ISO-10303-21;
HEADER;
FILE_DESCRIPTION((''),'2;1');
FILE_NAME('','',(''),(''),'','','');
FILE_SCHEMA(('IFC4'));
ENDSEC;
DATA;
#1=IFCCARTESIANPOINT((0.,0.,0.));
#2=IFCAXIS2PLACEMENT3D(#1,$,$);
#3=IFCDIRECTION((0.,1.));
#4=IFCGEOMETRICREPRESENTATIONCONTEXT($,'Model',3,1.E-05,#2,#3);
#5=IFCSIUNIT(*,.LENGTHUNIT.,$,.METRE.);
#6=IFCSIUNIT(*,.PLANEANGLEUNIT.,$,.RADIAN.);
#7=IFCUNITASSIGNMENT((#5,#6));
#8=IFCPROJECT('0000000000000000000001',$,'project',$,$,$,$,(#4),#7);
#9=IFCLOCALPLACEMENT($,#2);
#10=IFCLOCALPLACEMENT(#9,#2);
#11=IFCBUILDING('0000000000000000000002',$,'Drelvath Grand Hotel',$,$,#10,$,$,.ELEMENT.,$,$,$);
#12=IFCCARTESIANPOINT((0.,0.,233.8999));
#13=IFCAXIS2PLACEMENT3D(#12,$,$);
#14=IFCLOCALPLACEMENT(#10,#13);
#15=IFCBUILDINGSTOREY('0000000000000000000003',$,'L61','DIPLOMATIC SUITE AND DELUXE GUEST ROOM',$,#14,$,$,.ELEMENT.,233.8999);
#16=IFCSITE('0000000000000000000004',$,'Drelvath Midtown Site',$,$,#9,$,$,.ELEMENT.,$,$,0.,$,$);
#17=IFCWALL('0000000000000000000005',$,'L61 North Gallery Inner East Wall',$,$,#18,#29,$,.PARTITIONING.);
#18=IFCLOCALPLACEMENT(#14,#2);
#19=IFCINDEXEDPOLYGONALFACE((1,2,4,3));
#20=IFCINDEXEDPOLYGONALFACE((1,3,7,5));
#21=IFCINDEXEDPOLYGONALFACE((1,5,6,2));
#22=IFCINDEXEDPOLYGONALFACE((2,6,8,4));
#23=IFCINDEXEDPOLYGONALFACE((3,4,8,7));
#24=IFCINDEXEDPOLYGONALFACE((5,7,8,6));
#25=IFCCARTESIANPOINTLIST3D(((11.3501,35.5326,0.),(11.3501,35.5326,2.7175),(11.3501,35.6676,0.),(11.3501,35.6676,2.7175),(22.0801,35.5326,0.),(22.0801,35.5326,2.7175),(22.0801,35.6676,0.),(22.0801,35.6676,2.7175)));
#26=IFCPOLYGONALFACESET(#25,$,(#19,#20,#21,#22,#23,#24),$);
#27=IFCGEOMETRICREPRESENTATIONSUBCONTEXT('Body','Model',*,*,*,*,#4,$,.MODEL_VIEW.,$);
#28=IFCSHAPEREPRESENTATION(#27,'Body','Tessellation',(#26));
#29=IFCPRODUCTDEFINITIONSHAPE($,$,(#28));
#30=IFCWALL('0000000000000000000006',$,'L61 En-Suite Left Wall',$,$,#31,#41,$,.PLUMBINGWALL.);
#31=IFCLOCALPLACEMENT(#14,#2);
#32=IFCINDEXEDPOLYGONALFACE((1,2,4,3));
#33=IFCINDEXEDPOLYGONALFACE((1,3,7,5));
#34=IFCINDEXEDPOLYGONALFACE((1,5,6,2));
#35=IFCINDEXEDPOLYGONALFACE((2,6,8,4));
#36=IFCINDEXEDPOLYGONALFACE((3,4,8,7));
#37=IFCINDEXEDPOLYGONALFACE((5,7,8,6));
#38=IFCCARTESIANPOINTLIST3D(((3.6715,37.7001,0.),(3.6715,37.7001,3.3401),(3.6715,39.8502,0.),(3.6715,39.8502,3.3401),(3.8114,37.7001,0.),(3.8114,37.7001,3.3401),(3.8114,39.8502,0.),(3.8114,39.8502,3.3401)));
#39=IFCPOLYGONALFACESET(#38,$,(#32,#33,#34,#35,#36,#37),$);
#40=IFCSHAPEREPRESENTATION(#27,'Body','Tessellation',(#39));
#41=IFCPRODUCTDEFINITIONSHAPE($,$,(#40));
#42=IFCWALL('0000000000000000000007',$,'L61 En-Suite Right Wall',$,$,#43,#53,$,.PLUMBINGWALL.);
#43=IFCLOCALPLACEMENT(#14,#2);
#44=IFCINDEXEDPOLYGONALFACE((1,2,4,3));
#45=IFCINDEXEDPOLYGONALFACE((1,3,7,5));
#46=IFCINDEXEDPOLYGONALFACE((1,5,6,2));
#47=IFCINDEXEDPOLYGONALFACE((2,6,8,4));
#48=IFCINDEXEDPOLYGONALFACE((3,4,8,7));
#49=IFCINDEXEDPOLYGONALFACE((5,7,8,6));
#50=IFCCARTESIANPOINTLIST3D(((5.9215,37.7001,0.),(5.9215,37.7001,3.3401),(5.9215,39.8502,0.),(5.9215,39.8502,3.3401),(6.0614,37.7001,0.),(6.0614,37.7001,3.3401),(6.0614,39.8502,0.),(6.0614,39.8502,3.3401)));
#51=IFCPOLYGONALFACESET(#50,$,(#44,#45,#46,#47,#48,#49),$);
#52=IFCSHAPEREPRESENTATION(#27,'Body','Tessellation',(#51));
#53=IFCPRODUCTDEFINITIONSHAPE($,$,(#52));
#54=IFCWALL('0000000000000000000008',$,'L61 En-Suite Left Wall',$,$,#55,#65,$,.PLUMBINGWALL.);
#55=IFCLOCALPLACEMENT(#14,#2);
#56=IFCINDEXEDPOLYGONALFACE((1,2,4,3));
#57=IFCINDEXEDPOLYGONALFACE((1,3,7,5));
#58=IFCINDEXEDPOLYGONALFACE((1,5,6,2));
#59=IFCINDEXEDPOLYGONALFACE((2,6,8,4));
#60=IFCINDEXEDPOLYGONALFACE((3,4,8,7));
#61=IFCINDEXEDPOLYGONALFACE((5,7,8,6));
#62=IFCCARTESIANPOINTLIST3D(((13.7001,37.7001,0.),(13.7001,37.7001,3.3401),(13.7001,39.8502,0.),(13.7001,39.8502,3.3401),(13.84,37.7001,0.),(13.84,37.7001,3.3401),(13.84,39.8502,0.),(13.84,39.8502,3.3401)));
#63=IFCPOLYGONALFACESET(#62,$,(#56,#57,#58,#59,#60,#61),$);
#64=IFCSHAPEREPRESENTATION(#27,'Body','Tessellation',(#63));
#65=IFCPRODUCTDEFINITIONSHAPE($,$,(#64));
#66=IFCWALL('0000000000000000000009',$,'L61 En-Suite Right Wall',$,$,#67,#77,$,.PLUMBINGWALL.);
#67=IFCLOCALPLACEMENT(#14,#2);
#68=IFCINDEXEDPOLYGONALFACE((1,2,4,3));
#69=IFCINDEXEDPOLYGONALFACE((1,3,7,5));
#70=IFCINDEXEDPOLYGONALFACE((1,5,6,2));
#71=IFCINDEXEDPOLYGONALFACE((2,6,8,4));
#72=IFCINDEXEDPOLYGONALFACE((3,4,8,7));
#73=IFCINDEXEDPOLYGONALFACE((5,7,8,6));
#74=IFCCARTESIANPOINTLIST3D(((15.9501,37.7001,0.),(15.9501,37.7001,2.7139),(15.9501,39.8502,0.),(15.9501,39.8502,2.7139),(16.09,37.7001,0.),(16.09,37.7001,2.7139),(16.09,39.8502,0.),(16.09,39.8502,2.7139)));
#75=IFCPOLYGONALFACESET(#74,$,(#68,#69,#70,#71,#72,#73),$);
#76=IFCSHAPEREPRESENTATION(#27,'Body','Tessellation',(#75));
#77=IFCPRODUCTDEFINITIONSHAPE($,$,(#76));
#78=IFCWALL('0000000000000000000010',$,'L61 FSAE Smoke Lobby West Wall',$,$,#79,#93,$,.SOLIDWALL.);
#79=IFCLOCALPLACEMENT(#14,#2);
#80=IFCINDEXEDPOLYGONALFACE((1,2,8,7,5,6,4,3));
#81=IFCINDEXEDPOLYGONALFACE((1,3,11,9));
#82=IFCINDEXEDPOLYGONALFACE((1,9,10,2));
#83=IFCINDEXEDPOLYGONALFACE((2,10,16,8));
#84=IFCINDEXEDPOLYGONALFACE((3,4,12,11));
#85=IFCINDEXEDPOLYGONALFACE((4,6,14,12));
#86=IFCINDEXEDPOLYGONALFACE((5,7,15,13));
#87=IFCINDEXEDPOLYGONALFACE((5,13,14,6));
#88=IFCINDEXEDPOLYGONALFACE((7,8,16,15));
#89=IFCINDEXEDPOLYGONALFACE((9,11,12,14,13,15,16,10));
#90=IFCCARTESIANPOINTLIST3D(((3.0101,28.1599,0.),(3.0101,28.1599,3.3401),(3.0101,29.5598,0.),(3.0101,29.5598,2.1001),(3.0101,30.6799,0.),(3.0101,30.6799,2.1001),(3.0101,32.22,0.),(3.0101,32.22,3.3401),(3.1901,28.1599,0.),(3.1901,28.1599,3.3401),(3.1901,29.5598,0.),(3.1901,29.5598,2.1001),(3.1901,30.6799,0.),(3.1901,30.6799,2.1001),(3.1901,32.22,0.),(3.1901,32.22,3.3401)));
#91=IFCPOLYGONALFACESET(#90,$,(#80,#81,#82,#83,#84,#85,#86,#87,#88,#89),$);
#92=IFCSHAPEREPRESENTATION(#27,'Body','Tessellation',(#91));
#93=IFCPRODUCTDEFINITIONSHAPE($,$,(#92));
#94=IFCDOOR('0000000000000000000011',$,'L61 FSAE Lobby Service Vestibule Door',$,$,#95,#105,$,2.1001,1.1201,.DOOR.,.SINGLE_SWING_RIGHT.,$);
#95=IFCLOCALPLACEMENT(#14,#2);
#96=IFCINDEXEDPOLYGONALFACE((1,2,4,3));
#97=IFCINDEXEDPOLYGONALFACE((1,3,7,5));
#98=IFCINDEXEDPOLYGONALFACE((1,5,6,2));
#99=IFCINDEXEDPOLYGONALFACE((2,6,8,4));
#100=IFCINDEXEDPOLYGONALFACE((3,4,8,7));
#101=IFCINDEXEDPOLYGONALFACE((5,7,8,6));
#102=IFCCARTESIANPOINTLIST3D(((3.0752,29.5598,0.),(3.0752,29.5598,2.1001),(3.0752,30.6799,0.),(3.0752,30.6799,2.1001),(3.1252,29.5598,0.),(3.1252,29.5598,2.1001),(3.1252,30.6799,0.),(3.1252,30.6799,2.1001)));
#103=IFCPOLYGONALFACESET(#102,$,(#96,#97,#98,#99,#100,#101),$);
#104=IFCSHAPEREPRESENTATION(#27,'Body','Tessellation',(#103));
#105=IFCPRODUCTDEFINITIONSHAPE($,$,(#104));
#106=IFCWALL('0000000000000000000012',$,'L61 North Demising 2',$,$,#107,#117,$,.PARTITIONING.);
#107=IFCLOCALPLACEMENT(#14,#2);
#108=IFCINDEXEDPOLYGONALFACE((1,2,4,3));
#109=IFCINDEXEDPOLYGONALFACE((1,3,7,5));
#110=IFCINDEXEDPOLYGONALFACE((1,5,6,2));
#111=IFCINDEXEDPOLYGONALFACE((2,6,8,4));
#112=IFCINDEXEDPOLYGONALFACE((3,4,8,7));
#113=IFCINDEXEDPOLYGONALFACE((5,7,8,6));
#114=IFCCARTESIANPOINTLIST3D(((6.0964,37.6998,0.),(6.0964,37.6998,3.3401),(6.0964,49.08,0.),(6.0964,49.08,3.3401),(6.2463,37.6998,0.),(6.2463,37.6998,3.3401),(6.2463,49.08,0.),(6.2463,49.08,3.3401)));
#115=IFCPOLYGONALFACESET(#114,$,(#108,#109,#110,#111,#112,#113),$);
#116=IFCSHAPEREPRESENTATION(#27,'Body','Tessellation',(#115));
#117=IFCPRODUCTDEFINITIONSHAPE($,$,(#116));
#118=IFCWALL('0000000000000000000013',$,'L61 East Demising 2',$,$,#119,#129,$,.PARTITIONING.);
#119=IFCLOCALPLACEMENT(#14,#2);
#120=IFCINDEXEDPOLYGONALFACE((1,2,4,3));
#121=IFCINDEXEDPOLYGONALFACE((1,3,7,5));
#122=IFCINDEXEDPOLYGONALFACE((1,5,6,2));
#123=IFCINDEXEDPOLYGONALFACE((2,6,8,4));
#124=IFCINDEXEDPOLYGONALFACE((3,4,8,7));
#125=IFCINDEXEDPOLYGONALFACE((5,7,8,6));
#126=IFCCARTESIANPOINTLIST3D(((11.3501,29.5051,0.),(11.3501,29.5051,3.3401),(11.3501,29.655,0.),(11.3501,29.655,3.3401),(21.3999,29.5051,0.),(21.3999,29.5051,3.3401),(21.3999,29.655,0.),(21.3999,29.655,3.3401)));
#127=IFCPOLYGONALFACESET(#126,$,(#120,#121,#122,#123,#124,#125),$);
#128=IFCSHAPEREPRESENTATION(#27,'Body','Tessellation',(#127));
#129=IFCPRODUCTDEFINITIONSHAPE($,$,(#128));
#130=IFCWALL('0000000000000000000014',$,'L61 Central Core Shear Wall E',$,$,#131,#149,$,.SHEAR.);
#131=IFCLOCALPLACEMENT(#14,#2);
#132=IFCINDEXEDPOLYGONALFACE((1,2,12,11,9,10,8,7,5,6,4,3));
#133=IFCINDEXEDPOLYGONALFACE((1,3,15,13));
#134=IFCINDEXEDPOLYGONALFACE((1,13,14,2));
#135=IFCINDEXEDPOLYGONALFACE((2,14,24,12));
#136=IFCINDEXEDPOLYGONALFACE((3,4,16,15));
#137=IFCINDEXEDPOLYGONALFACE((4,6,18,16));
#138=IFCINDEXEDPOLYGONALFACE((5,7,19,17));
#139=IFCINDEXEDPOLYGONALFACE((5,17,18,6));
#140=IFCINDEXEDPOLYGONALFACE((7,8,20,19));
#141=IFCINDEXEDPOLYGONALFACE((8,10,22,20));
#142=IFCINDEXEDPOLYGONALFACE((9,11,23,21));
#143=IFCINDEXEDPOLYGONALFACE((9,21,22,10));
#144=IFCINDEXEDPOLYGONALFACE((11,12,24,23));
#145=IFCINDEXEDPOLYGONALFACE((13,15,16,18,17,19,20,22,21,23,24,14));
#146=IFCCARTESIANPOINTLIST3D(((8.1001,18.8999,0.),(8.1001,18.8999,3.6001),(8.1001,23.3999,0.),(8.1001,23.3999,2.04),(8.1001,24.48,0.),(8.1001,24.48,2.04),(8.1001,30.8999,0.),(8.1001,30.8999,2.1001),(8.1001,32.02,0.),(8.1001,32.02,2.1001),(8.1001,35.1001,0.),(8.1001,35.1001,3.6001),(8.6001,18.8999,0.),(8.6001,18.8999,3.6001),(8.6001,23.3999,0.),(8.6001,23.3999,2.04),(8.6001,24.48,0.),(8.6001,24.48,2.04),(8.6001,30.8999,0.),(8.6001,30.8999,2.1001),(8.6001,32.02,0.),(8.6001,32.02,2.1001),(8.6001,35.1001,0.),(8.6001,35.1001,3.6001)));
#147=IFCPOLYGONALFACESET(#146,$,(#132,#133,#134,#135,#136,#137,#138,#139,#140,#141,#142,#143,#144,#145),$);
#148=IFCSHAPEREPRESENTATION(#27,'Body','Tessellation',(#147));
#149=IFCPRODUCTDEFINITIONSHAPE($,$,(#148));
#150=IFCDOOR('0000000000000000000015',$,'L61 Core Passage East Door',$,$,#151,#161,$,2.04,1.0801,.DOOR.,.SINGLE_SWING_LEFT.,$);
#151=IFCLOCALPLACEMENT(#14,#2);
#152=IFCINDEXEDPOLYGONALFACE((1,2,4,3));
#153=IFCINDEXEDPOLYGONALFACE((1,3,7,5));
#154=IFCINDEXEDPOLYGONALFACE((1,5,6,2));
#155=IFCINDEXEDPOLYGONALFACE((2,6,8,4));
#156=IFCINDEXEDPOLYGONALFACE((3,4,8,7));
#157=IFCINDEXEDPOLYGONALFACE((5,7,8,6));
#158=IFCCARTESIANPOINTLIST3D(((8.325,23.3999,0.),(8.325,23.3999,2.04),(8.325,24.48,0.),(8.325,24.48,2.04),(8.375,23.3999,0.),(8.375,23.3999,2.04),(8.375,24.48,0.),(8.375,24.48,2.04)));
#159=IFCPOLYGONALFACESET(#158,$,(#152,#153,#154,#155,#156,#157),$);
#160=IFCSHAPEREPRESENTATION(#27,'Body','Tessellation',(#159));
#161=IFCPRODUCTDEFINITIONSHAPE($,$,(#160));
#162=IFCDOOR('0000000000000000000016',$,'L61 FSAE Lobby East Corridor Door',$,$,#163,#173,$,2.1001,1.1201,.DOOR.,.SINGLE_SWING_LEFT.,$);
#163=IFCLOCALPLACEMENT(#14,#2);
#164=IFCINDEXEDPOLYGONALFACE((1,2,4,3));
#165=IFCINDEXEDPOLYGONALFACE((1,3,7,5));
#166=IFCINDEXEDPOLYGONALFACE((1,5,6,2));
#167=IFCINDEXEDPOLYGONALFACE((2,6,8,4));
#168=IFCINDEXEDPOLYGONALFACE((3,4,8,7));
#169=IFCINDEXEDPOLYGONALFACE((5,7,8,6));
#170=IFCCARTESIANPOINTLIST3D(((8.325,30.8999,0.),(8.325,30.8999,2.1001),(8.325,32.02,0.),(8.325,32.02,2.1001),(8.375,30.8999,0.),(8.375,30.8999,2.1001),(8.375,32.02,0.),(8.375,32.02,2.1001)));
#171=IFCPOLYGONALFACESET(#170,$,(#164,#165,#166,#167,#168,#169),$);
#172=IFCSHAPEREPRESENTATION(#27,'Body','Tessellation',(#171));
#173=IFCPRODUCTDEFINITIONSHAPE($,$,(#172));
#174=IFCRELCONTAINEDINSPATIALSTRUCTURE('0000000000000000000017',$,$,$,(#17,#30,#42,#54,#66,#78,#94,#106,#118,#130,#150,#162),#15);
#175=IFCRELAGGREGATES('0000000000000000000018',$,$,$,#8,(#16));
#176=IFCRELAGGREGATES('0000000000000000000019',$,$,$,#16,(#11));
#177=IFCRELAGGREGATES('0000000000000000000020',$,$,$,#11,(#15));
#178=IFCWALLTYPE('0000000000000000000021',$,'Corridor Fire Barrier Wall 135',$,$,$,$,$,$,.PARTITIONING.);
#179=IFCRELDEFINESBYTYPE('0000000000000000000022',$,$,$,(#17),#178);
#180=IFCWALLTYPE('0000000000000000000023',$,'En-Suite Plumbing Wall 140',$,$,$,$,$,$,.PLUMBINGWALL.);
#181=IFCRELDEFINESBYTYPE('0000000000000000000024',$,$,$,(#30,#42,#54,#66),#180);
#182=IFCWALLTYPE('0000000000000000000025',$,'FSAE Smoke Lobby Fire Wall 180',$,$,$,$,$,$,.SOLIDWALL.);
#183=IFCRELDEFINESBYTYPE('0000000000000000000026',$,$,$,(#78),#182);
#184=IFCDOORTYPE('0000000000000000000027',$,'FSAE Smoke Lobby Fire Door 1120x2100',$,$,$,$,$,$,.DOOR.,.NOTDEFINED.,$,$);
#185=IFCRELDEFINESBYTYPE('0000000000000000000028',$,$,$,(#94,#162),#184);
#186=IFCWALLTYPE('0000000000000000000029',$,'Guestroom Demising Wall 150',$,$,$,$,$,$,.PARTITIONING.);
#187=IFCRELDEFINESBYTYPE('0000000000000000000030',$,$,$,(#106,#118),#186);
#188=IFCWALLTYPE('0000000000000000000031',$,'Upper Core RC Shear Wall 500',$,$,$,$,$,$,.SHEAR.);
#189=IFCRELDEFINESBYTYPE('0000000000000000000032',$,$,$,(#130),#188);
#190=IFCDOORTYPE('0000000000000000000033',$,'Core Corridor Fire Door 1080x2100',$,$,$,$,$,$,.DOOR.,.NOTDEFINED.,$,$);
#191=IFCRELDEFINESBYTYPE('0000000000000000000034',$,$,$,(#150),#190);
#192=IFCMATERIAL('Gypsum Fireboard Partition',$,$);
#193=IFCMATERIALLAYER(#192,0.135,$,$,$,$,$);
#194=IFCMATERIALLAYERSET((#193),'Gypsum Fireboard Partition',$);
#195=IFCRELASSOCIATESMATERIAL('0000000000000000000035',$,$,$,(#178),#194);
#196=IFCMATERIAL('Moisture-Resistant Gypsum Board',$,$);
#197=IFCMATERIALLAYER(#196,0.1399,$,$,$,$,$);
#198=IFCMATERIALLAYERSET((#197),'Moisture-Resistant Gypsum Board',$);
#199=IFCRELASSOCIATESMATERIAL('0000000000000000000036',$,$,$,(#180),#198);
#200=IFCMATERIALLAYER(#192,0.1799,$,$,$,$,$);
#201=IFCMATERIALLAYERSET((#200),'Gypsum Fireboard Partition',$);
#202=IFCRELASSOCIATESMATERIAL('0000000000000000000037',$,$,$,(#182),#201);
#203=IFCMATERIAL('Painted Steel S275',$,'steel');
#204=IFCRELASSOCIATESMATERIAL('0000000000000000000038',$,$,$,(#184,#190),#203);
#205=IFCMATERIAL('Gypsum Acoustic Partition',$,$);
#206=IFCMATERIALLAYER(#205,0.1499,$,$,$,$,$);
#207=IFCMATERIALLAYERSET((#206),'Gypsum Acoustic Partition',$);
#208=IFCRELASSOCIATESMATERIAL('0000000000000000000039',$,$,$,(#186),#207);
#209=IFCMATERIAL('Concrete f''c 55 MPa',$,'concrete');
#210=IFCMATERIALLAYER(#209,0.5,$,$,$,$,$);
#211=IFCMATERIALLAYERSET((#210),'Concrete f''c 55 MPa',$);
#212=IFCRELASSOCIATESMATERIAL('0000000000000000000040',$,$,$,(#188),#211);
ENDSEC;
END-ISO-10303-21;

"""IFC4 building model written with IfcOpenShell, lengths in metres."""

from ifc_helpers import new_model, si_unit, direction, frame, frame_2d, origin, place, context, subcontext, project, spatial, rectangle, extrude, material, layer, layer_set, type_object, element, fill, save


model = new_model("IFC4")

# Units and contexts
model_context = context("Model", 3, precision=1e-05, world=origin(), true_north=direction((0.0, 1.0)))
body_context = subcontext(model_context, "Body", "Model", "MODEL_VIEW")
ifc_project = project(units=[si_unit("LENGTHUNIT", "METRE"), si_unit("PLANEANGLEUNIT", "RADIAN")], contexts=[model_context])

# Site, building, storey
site_placement = place(None, origin())
site = spatial("IfcSite", under=ifc_project, at=site_placement, Name="Drelvath Midtown Site", CompositionType="ELEMENT", RefElevation=0.0)
building_placement = place(site_placement, origin())
building = spatial("IfcBuilding", under=site, at=building_placement, Name="Drelvath Grand Hotel", CompositionType="ELEMENT")
storey_placement = place(building_placement, frame((0.0, 0.0, 233.8999)))
storey = spatial("IfcBuildingStorey", under=building, at=storey_placement, Name="L61", Description="DIPLOMATIC SUITE AND DELUXE GUEST ROOM", CompositionType="ELEMENT", Elevation=233.8999)

# Shared definitions
ifc_material_1 = material(Name="Concrete f'c 55 MPa", Category="concrete")

# Shared definitions
ifc_material_2 = material(Name="Painted Steel S275", Category="steel")

# Walls
ifc_material_3 = material(Name="Gypsum Fireboard Partition")
ifc_layer_1 = layer(ifc_material_3, 0.135)
ifc_layer_set_1 = layer_set([ifc_layer_1], Name="Gypsum Fireboard Partition")
wall_type_1 = type_object("IfcWallType", Name="Corridor Fire Barrier Wall 135", PredefinedType="PARTITIONING", material=ifc_layer_set_1)
wall_1_placement = place(storey_placement, frame((11.3501, 35.6001, 0.0), z_axis=(0.0, 0.0, 1.0), x_axis=(1.0, 0.0, 0.0)))
element("IfcWall", 1, at=wall_1_placement, inside=storey, type_object=wall_type_1, Name="L61 North Gallery Inner East Wall", PredefinedType="PARTITIONING", context=body_context, shape_type="SweptSolid", body=[
    extrude(rectangle(XDim=10.73, YDim=0.135, at=frame_2d((5.365, 0.0))), origin(), (0.0, 0.0, 1.0), 2.7175),
])
ifc_material_4 = material(Name="Moisture-Resistant Gypsum Board")
ifc_layer_2 = layer(ifc_material_4, 0.1399)
ifc_layer_set_2 = layer_set([ifc_layer_2], Name="Moisture-Resistant Gypsum Board")
wall_type_2 = type_object("IfcWallType", Name="En-Suite Plumbing Wall 140", PredefinedType="PLUMBINGWALL", material=ifc_layer_set_2)
for number, where, z_axis, x_axis, name in (
    (2, (3.7415, 37.7, 0.0), (0.0, 0.0, 1.0), (0.0, 1.0, 0.0), "L61 En-Suite Left Wall"),
    (3, (5.9915, 37.7, 0.0), (0.0, 0.0, 1.0), (0.0, 1.0, 0.0), "L61 En-Suite Right Wall"),
    (4, (13.77, 37.7, 0.0), (0.0, 0.0, 1.0), (0.0, 1.0, 0.0), "L61 En-Suite Left Wall"),
):
    element("IfcWall", number, at=place(storey_placement, frame(where, z_axis=z_axis, x_axis=x_axis)), inside=storey, type_object=wall_type_2, Name=name, PredefinedType="PLUMBINGWALL", context=body_context, shape_type="SweptSolid", body=[
        extrude(rectangle(XDim=2.1501, YDim=0.1399, at=frame_2d((1.0752, 0.0))), origin(), (0.0, 0.0, 1.0), 3.3401),
    ])
wall_2_placement = place(storey_placement, frame((16.02, 37.7, 0.0), z_axis=(0.0, 0.0, 1.0), x_axis=(0.0, 1.0, 0.0)))
element("IfcWall", 5, at=wall_2_placement, inside=storey, type_object=wall_type_2, Name="L61 En-Suite Right Wall", PredefinedType="PLUMBINGWALL", context=body_context, shape_type="SweptSolid", body=[
    extrude(rectangle(XDim=2.1501, YDim=0.1399, at=frame_2d((1.0752, 0.0))), origin(), (0.0, 0.0, 1.0), 2.7139),
])

# Wall, opening, door
ifc_layer_3 = layer(ifc_material_3, 0.1799)
ifc_layer_set_3 = layer_set([ifc_layer_3], Name="Gypsum Fireboard Partition")
wall_type_3 = type_object("IfcWallType", Name="FSAE Smoke Lobby Fire Wall 180", PredefinedType="SOLIDWALL", material=ifc_layer_set_3)
wall_3_placement = place(storey_placement, frame((3.1001, 28.1599, 0.0), z_axis=(0.0, 0.0, 1.0), x_axis=(0.0, 1.0, 0.0)))
wall_3 = element("IfcWall", 6, at=wall_3_placement, inside=storey, type_object=wall_type_3, Name="L61 FSAE Smoke Lobby West Wall", PredefinedType="SOLIDWALL", context=body_context, shape_type="SweptSolid", body=[
    extrude(rectangle(XDim=4.0601, YDim=0.1799, at=frame_2d((2.03, 0.0))), origin(), (0.0, 0.0, 1.0), 3.3401),
])
opening_1_placement = place(wall_3_placement, frame((1.3999, 0.0, 0.0)))
opening_1 = element("IfcOpeningElement", 7, at=opening_1_placement, cuts=wall_3, PredefinedType="OPENING", context=body_context, shape_type="SweptSolid", body=[
    extrude(rectangle(XDim=1.1201, YDim=2.1001, at=frame_2d((0.5601, 1.05))), frame((0.0, 0.0999, 0.0), z_axis=(0.0, -1.0, 0.0), x_axis=(1.0, 0.0, 0.0)), (0.0, 0.0, 1.0), 0.2),
])
door_type_1 = type_object("IfcDoorType", Name="FSAE Smoke Lobby Fire Door 1120x2100", OperationType="NOTDEFINED", PredefinedType="DOOR", material=ifc_material_2)
door_1_placement = place(opening_1_placement, origin())
door_1 = element("IfcDoor", 8, at=door_1_placement, inside=storey, type_object=door_type_1, Name="L61 FSAE Lobby Service Vestibule Door", OperationType="SINGLE_SWING_RIGHT", OverallHeight=2.1001, OverallWidth=1.1201, PredefinedType="DOOR", context=body_context, shape_type="SweptSolid", body=[
    extrude(rectangle(XDim=1.1201, YDim=2.1001, at=frame_2d((0.5601, 1.05))), frame((0.0, 0.0249, 0.0), z_axis=(0.0, -1.0, 0.0), x_axis=(1.0, 0.0, 0.0)), (0.0, 0.0, 1.0), 0.05),
])
fill(opening_1, door_1)

# Walls
ifc_material_5 = material(Name="Gypsum Acoustic Partition")
ifc_layer_4 = layer(ifc_material_5, 0.1499)
ifc_layer_set_4 = layer_set([ifc_layer_4], Name="Gypsum Acoustic Partition")
wall_type_4 = type_object("IfcWallType", Name="Guestroom Demising Wall 150", PredefinedType="PARTITIONING", material=ifc_layer_set_4)
wall_4_placement = place(storey_placement, frame((6.1714, 37.7, 0.0), z_axis=(0.0, 0.0, 1.0), x_axis=(0.0, 1.0, 0.0)))
element("IfcWall", 9, at=wall_4_placement, inside=storey, type_object=wall_type_4, Name="L61 North Demising 2", PredefinedType="PARTITIONING", context=body_context, shape_type="SweptSolid", body=[
    extrude(rectangle(XDim=11.3801, YDim=0.1499, at=frame_2d((5.6899, 0.0))), origin(), (0.0, 0.0, 1.0), 3.3401),
])
wall_5_placement = place(storey_placement, frame((11.3501, 29.5801, 0.0), z_axis=(0.0, 0.0, 1.0), x_axis=(1.0, 0.0, 0.0)))
element("IfcWall", 10, at=wall_5_placement, inside=storey, type_object=wall_type_4, Name="L61 East Demising 2", PredefinedType="PARTITIONING", context=body_context, shape_type="SweptSolid", body=[
    extrude(rectangle(XDim=10.0498, YDim=0.1499, at=frame_2d((5.0249, 0.0))), origin(), (0.0, 0.0, 1.0), 3.3401),
])

# Wall, openings, doors
ifc_layer_5 = layer(ifc_material_1, 0.5)
ifc_layer_set_5 = layer_set([ifc_layer_5], Name="Concrete f'c 55 MPa")
wall_type_5 = type_object("IfcWallType", Name="Upper Core RC Shear Wall 500", PredefinedType="SHEAR", material=ifc_layer_set_5)
wall_6_placement = place(storey_placement, frame((8.3501, 35.1001, 0.0), z_axis=(0.0, 0.0, 1.0), x_axis=(0.0, -1.0, 0.0)))
wall_6 = element("IfcWall", 11, at=wall_6_placement, inside=storey, type_object=wall_type_5, Name="L61 Central Core Shear Wall E", PredefinedType="SHEAR", context=body_context, shape_type="SweptSolid", body=[
    extrude(rectangle(XDim=16.2002, YDim=0.5, at=frame_2d((8.1001, 0.0))), origin(), (0.0, 0.0, 1.0), 3.6001),
])
opening_2_placement = place(wall_6_placement, frame((3.0801, 0.0, 0.0)))
opening_2 = element("IfcOpeningElement", 12, at=opening_2_placement, cuts=wall_6, PredefinedType="OPENING", context=body_context, shape_type="SweptSolid", body=[
    extrude(rectangle(XDim=1.1201, YDim=2.1001, at=frame_2d((0.5601, 1.05))), frame((0.0, 0.26, 0.0), z_axis=(0.0, -1.0, 0.0), x_axis=(1.0, 0.0, 0.0)), (0.0, 0.0, 1.0), 0.52),
])
opening_3_placement = place(wall_6_placement, frame((10.6201, 0.0, 0.0)))
opening_3 = element("IfcOpeningElement", 13, at=opening_3_placement, cuts=wall_6, PredefinedType="OPENING", context=body_context, shape_type="SweptSolid", body=[
    extrude(rectangle(XDim=1.0801, YDim=2.04, at=frame_2d((0.54, 1.02))), frame((0.0, 0.26, 0.0), z_axis=(0.0, -1.0, 0.0), x_axis=(1.0, 0.0, 0.0)), (0.0, 0.0, 1.0), 0.52),
])
door_type_2 = type_object("IfcDoorType", Name="Core Corridor Fire Door 1080x2100", OperationType="NOTDEFINED", PredefinedType="DOOR", material=ifc_material_2)
door_2_placement = place(opening_3_placement, origin())
door_2 = element("IfcDoor", 14, at=door_2_placement, inside=storey, type_object=door_type_2, Name="L61 Core Passage East Door", OperationType="SINGLE_SWING_LEFT", OverallHeight=2.04, OverallWidth=1.0801, PredefinedType="DOOR", context=body_context, shape_type="SweptSolid", body=[
    extrude(rectangle(XDim=1.0801, YDim=2.04, at=frame_2d((0.54, 1.02))), frame((0.0, 0.0249, 0.0), z_axis=(0.0, -1.0, 0.0), x_axis=(1.0, 0.0, 0.0)), (0.0, 0.0, 1.0), 0.05),
])
fill(opening_3, door_2)
door_3_placement = place(opening_2_placement, origin())
door_3 = element("IfcDoor", 15, at=door_3_placement, inside=storey, type_object=door_type_1, Name="L61 FSAE Lobby East Corridor Door", OperationType="SINGLE_SWING_LEFT", OverallHeight=2.1001, OverallWidth=1.1201, PredefinedType="DOOR", context=body_context, shape_type="SweptSolid", body=[
    extrude(rectangle(XDim=1.1201, YDim=2.1001, at=frame_2d((0.5601, 1.05))), frame((0.0, 0.0249, 0.0), z_axis=(0.0, -1.0, 0.0), x_axis=(1.0, 0.0, 0.0)), (0.0, 0.0, 1.0), 0.05),
])
fill(opening_2, door_3)

save(model, "model.ifc")
